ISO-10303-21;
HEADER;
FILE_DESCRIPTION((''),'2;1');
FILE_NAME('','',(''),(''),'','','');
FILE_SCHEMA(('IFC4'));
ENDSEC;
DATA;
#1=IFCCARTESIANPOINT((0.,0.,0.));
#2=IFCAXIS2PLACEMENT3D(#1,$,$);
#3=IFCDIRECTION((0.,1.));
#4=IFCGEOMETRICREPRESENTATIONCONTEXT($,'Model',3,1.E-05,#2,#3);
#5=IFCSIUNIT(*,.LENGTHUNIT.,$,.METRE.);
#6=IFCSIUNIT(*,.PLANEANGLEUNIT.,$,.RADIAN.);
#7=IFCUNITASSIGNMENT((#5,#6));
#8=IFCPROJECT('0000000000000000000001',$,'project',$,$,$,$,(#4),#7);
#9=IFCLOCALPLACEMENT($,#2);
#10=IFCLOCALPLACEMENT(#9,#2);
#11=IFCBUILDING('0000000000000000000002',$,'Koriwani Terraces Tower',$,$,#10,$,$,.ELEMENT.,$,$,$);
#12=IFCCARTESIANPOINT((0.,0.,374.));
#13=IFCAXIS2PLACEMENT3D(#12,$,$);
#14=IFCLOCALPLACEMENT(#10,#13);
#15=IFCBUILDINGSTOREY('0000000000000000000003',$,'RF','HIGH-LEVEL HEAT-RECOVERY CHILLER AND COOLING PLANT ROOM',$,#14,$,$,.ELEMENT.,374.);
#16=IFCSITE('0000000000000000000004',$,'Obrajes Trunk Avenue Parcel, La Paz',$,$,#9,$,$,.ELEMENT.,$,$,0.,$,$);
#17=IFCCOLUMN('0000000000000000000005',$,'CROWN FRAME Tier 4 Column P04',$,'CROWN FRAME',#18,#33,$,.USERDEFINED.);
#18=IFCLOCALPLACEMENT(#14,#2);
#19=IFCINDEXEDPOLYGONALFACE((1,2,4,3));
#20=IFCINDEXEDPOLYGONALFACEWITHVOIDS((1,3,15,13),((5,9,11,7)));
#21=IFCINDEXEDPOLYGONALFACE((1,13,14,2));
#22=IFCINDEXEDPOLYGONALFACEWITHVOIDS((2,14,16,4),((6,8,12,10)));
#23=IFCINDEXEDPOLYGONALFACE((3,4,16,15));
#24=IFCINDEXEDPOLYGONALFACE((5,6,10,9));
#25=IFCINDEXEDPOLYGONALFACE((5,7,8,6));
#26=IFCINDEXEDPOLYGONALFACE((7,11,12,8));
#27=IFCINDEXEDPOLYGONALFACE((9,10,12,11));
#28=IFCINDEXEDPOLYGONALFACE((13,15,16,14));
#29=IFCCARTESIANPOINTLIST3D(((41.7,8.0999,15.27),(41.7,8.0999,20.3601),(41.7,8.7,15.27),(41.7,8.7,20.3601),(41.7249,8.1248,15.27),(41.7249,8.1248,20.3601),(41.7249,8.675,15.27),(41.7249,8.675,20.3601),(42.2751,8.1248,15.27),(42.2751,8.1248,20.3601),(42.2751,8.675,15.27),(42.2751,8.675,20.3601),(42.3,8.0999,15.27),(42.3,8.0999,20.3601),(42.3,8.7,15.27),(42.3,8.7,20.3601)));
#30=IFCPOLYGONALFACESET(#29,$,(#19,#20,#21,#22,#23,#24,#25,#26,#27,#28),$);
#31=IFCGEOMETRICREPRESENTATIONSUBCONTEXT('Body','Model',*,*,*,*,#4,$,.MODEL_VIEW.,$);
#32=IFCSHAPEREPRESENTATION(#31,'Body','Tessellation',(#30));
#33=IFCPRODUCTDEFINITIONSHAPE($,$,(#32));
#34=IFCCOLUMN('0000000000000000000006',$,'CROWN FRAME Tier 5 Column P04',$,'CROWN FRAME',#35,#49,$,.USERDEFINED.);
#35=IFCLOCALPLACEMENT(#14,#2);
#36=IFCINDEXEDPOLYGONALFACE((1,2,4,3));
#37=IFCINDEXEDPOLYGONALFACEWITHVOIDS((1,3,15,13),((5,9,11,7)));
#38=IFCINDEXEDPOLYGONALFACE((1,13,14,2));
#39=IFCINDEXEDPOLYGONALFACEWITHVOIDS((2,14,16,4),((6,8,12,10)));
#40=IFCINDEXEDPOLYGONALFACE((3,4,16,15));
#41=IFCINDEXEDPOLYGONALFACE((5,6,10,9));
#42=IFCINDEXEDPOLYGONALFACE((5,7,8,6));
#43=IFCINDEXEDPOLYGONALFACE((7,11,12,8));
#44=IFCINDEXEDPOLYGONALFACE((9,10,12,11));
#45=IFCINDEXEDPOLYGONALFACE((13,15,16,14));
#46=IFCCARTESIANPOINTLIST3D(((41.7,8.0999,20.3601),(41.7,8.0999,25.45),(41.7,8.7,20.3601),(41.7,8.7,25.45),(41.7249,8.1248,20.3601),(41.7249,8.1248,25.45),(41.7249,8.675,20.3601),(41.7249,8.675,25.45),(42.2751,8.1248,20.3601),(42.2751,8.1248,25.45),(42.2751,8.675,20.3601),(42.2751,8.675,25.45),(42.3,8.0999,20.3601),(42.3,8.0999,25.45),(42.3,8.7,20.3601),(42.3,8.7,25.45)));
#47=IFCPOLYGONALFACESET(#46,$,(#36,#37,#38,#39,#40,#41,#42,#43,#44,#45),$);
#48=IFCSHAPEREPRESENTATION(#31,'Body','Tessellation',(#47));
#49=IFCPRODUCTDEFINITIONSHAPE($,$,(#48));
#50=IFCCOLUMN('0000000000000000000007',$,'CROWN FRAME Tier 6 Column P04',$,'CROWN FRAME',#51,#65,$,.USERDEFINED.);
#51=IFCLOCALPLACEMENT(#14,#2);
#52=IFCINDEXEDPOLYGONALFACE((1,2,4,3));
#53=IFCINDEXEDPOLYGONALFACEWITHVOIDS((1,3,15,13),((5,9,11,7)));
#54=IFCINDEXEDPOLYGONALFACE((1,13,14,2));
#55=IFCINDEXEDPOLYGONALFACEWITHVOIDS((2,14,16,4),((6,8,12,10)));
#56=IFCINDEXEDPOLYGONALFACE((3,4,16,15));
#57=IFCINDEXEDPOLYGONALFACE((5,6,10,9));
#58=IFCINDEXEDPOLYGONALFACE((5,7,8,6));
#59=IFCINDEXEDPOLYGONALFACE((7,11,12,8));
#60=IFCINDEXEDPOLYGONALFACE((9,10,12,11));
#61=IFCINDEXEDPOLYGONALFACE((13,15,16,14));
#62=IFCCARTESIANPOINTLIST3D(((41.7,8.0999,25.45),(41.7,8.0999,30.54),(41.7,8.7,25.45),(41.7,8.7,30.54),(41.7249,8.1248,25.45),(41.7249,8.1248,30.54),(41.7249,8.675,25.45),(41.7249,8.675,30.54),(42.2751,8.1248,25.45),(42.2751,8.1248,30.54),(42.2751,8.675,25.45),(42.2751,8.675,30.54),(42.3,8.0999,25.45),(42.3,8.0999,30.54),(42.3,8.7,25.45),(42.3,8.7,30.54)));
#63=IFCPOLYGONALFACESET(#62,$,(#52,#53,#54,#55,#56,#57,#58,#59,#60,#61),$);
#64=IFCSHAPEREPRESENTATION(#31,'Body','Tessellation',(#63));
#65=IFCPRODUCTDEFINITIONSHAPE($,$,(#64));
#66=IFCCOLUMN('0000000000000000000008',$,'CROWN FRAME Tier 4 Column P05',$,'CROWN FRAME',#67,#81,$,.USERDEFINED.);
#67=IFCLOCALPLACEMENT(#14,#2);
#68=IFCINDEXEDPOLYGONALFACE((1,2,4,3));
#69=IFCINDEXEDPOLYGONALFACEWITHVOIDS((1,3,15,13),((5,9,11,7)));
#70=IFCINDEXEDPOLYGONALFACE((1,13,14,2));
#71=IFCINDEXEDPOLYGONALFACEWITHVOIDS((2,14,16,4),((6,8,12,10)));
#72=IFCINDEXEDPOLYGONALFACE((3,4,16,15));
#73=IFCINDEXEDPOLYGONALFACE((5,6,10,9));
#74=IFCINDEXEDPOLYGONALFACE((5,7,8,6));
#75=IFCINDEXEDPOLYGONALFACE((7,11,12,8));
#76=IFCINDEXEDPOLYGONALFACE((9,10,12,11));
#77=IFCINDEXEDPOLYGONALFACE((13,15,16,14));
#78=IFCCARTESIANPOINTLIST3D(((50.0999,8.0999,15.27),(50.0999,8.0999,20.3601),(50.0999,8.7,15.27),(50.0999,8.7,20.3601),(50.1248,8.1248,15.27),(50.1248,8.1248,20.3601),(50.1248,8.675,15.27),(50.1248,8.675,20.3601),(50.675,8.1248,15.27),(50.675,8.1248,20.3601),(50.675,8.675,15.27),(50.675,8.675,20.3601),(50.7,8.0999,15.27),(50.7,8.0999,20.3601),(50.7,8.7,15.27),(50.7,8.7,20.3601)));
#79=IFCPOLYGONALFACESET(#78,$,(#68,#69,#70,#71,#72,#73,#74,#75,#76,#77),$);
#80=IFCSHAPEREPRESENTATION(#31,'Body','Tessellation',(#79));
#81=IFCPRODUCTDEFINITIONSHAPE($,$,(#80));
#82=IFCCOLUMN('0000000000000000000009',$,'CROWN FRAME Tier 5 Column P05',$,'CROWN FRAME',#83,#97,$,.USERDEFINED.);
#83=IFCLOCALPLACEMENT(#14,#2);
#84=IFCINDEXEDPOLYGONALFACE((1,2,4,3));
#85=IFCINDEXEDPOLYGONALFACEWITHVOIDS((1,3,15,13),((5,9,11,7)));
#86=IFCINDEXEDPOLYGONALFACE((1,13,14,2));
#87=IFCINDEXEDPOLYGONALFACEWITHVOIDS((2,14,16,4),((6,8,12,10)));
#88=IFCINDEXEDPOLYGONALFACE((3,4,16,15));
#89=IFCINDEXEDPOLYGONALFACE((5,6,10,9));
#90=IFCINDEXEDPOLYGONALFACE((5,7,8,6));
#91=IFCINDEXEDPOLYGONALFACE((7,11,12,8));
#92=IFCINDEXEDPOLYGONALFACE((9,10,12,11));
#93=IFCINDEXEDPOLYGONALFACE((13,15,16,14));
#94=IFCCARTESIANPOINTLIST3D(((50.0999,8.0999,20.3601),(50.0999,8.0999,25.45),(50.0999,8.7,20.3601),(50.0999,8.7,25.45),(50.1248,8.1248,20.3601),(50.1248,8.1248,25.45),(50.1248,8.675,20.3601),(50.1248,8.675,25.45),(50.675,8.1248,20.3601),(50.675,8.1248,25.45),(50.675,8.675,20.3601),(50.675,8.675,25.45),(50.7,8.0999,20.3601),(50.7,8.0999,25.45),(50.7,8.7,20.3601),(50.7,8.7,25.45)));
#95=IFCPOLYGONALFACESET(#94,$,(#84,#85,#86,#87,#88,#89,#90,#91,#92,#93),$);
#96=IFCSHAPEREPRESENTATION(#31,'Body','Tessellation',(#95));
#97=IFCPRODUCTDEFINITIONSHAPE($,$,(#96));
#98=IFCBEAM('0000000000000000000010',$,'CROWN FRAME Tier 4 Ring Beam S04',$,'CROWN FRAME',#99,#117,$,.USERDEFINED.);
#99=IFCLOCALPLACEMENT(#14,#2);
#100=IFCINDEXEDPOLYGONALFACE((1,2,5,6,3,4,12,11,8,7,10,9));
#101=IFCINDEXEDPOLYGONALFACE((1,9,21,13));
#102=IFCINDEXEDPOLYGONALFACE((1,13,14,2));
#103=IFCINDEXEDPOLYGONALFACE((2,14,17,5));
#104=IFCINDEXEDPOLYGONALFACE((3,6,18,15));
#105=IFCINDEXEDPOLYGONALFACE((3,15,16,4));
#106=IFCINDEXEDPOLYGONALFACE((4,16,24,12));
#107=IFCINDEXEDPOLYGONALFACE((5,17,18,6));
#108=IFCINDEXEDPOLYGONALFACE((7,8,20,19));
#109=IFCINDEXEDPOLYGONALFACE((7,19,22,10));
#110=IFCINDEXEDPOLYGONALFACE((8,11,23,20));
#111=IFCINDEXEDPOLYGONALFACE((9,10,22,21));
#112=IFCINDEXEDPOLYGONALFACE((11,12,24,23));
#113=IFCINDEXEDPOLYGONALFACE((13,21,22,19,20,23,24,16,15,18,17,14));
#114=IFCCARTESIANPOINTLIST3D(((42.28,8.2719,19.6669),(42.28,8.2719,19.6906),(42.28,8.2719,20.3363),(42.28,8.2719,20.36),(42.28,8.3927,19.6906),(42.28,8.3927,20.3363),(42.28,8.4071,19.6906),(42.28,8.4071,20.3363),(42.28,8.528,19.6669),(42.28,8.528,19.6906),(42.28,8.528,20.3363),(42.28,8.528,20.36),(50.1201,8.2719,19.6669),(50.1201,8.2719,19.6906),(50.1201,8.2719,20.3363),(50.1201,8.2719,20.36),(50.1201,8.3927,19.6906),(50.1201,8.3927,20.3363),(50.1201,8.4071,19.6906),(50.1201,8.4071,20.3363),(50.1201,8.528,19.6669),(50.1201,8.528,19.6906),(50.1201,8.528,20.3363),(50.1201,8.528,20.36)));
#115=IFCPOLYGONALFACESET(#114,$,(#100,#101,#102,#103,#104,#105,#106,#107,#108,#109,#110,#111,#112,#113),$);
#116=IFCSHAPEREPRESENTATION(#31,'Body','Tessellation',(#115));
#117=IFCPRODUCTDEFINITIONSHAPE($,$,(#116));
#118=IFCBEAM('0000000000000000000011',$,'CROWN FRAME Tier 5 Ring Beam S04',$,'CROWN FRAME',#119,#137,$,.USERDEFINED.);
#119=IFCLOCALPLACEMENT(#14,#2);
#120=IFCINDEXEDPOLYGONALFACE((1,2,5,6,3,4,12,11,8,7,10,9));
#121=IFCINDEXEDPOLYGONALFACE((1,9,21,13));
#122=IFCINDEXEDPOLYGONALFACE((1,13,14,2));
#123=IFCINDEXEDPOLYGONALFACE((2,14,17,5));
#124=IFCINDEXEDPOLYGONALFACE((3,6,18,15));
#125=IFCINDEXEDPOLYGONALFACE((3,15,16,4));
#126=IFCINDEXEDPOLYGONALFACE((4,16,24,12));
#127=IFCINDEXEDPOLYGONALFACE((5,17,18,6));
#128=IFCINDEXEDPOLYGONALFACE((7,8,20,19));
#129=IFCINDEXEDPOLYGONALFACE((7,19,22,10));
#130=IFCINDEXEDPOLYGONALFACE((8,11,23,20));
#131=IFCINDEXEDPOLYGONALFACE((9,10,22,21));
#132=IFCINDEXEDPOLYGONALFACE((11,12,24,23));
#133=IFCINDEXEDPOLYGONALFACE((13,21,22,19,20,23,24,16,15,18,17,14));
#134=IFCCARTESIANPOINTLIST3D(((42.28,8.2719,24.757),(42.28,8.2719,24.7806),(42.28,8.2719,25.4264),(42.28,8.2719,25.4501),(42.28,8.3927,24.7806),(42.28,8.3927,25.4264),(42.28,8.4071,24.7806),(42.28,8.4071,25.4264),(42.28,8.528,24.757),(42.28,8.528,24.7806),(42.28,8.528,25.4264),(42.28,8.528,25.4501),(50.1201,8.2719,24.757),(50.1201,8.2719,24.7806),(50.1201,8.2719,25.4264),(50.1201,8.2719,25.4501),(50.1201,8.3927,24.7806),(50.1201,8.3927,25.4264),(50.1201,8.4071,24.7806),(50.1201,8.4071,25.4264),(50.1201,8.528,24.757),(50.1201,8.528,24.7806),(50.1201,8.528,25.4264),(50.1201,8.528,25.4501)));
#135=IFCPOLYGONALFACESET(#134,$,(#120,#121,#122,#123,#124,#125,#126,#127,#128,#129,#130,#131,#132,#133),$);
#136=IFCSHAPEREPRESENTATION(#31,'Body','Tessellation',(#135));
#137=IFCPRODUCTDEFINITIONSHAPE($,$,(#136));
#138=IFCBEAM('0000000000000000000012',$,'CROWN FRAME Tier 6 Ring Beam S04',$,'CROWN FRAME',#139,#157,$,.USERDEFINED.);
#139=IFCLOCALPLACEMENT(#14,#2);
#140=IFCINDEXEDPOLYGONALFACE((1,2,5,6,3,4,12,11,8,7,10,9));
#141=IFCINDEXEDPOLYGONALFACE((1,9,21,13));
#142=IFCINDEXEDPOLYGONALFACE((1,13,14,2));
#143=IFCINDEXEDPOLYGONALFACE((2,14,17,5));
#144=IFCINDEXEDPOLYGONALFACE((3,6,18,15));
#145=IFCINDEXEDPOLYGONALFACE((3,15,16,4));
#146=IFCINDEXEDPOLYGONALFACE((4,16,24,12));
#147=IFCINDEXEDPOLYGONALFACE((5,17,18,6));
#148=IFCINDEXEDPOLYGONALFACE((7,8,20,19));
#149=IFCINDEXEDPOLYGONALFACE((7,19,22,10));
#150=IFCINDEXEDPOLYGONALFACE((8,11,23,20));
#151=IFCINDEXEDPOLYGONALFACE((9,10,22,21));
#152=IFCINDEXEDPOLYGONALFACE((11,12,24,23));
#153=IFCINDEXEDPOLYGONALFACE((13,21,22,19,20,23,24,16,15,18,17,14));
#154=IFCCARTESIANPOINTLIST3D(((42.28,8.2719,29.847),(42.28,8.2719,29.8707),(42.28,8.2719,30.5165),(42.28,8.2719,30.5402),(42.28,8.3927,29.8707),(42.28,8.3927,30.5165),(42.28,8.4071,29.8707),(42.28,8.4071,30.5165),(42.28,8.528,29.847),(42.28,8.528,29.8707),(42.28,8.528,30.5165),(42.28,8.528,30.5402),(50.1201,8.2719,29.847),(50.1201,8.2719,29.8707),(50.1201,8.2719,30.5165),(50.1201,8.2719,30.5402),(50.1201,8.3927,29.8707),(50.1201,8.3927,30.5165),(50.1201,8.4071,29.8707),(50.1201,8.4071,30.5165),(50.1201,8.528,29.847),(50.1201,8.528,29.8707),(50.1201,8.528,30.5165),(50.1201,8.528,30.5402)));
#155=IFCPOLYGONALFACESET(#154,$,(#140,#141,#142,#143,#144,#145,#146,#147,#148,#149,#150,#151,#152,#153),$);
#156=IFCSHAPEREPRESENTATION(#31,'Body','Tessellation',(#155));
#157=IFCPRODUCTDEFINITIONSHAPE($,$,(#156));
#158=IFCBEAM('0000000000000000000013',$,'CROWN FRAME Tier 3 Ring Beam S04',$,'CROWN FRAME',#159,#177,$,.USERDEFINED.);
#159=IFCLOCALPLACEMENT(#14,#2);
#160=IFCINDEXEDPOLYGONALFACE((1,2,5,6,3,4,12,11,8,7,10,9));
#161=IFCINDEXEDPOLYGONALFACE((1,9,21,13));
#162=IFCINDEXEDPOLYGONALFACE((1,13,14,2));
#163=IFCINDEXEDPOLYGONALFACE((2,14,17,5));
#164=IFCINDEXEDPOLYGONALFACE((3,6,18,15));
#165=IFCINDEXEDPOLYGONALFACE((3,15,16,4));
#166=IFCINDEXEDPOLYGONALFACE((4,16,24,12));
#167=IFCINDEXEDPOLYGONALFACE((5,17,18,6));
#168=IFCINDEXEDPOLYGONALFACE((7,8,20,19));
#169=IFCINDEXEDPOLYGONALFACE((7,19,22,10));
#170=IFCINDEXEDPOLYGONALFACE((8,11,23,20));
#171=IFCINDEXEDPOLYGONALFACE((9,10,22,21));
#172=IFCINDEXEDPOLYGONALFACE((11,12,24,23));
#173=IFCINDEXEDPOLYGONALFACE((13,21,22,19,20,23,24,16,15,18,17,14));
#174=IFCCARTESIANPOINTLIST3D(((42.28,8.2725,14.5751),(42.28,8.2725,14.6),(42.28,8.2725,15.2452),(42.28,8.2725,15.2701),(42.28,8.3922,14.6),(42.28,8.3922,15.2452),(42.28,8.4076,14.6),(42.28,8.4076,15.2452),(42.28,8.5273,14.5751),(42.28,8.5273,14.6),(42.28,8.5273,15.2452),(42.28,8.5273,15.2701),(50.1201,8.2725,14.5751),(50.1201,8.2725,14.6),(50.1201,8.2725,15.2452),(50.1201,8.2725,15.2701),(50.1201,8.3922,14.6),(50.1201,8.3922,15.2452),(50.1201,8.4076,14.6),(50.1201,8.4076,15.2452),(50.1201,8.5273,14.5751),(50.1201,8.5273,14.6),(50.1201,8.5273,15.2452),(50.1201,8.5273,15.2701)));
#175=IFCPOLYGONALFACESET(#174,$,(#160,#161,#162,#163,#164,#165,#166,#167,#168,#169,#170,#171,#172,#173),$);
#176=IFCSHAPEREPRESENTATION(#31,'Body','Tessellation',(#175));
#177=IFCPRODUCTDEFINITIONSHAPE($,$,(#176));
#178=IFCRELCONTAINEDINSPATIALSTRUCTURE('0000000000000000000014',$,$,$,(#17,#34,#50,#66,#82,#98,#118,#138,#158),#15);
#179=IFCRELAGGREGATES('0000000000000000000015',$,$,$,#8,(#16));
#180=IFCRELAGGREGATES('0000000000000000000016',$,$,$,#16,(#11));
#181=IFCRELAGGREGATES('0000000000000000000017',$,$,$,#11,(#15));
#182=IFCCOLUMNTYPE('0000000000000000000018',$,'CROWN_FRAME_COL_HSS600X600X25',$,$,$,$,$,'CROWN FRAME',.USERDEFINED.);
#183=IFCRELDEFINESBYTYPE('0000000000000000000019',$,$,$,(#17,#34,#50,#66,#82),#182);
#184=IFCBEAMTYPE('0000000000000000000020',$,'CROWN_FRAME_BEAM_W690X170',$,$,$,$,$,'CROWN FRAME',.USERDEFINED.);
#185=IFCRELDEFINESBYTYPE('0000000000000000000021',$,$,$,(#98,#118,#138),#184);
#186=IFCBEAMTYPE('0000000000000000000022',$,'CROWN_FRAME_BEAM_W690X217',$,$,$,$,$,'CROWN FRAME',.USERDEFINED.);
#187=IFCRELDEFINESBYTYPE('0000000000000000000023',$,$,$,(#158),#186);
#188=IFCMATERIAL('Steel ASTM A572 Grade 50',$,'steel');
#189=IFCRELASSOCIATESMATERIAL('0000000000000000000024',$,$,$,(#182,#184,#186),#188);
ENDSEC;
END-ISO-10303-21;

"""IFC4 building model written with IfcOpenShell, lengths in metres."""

from ifc_helpers import new_model, si_unit, direction, frame, origin, origin_2d, place, context, subcontext, project, spatial, hollow_rectangle, i_section, extrude, material, material_profile, profile_set, type_object, element, save


model = new_model("IFC4")

# Units and contexts
model_context = context("Model", 3, precision=1e-05, world=origin(), true_north=direction((0.0, 1.0)))
body_context = subcontext(model_context, "Body", "Model", "MODEL_VIEW")
ifc_project = project(units=[si_unit("LENGTHUNIT", "METRE"), si_unit("PLANEANGLEUNIT", "RADIAN")], contexts=[model_context])

# Site, building, storey
site_placement = place(None, origin())
site = spatial("IfcSite", under=ifc_project, at=site_placement, Name="Obrajes Trunk Avenue Parcel, La Paz", CompositionType="ELEMENT", RefElevation=0.0)
building_placement = place(site_placement, origin())
building = spatial("IfcBuilding", under=site, at=building_placement, Name="Koriwani Terraces Tower", CompositionType="ELEMENT")
storey_placement = place(building_placement, frame((0.0, 0.0, 374.0)))
storey = spatial("IfcBuildingStorey", under=building, at=storey_placement, Name="RF", Description="HIGH-LEVEL HEAT-RECOVERY CHILLER AND COOLING PLANT ROOM", CompositionType="ELEMENT", Elevation=374.0)

# Columns
ifc_material_1 = material(Name="Steel ASTM A572 Grade 50", Category="steel")
ifc_material_profile_1 = material_profile(ifc_material_1, hollow_rectangle(XDim=0.6001, YDim=0.6001, WallThickness=0.0249, at=origin_2d()), Name="Steel ASTM A572 Grade 50", Category="LoadBearing")
ifc_profile_set_1 = profile_set([ifc_material_profile_1], Name="Steel ASTM A572 Grade 50")
column_type = type_object("IfcColumnType", Name="CROWN_FRAME_COL_HSS600X600X25", ElementType="CROWN FRAME", PredefinedType="USERDEFINED", material=ifc_profile_set_1)
column_1_placement = place(storey_placement, frame((42.0, 8.3999, 15.27), z_axis=(0.0, 0.0, 1.0), x_axis=(1.0, 0.0, 0.0)))
element("IfcColumn", 1, at=column_1_placement, inside=storey, type_object=column_type, Name="CROWN FRAME Tier 4 Column P04", ObjectType="CROWN FRAME", PredefinedType="USERDEFINED", context=body_context, shape_type="SweptSolid", body=[
    extrude(hollow_rectangle(XDim=0.6001, YDim=0.6001, WallThickness=0.0249, at=origin_2d()), origin(), (0.0, 0.0, 1.0), 5.0901),
])
column_2_placement = place(storey_placement, frame((42.0, 8.3999, 20.3601), z_axis=(0.0, 0.0, 1.0), x_axis=(1.0, 0.0, 0.0)))
element("IfcColumn", 2, at=column_2_placement, inside=storey, type_object=column_type, Name="CROWN FRAME Tier 5 Column P04", ObjectType="CROWN FRAME", PredefinedType="USERDEFINED", context=body_context, shape_type="SweptSolid", body=[
    extrude(hollow_rectangle(XDim=0.6001, YDim=0.6001, WallThickness=0.0249, at=origin_2d()), origin(), (0.0, 0.0, 1.0), 5.0898),
])
for number, where, z_axis, x_axis, name in (
    (3, (42.0, 8.3999, 25.45), (0.0, 0.0, 1.0), (1.0, 0.0, 0.0), "CROWN FRAME Tier 6 Column P04"),
    (4, (50.3999, 8.3999, 15.27), (0.0, 0.0, 1.0), (1.0, 0.0, 0.0), "CROWN FRAME Tier 4 Column P05"),
):
    element("IfcColumn", number, at=place(storey_placement, frame(where, z_axis=z_axis, x_axis=x_axis)), inside=storey, type_object=column_type, Name=name, ObjectType="CROWN FRAME", PredefinedType="USERDEFINED", context=body_context, shape_type="SweptSolid", body=[
        extrude(hollow_rectangle(XDim=0.6001, YDim=0.6001, WallThickness=0.0249, at=origin_2d()), origin(), (0.0, 0.0, 1.0), 5.0901),
    ])
column_3_placement = place(storey_placement, frame((50.3999, 8.3999, 20.3601), z_axis=(0.0, 0.0, 1.0), x_axis=(1.0, 0.0, 0.0)))
element("IfcColumn", 5, at=column_3_placement, inside=storey, type_object=column_type, Name="CROWN FRAME Tier 5 Column P05", ObjectType="CROWN FRAME", PredefinedType="USERDEFINED", context=body_context, shape_type="SweptSolid", body=[
    extrude(hollow_rectangle(XDim=0.6001, YDim=0.6001, WallThickness=0.0249, at=origin_2d()), origin(), (0.0, 0.0, 1.0), 5.0898),
])

# Beams
ifc_material_profile_2 = material_profile(ifc_material_1, i_section(OverallWidth=0.2561, OverallDepth=0.6931, WebThickness=0.0144, FlangeThickness=0.0237, at=origin_2d()), Name="Steel ASTM A572 Grade 50", Category="LoadBearing")
ifc_profile_set_2 = profile_set([ifc_material_profile_2], Name="Steel ASTM A572 Grade 50")
beam_type_1 = type_object("IfcBeamType", Name="CROWN_FRAME_BEAM_W690X170", ElementType="CROWN FRAME", PredefinedType="USERDEFINED", material=ifc_profile_set_2)
for number, where, z_axis, x_axis, name in (
    (6, (42.28, 8.3999, 20.0134), (1.0, 0.0, 0.0), (0.0, 1.0, 0.0), "CROWN FRAME Tier 4 Ring Beam S04"),
    (7, (42.28, 8.3999, 25.1035), (1.0, 0.0, 0.0), (0.0, 1.0, 0.0), "CROWN FRAME Tier 5 Ring Beam S04"),
    (8, (42.28, 8.3999, 30.1936), (1.0, 0.0, 0.0), (0.0, 1.0, 0.0), "CROWN FRAME Tier 6 Ring Beam S04"),
):
    element("IfcBeam", number, at=place(storey_placement, frame(where, z_axis=z_axis, x_axis=x_axis)), inside=storey, type_object=beam_type_1, Name=name, ObjectType="CROWN FRAME", PredefinedType="USERDEFINED", context=body_context, shape_type="SweptSolid", body=[
        extrude(i_section(OverallWidth=0.2561, OverallDepth=0.6931, WebThickness=0.0144, FlangeThickness=0.0237, at=origin_2d()), origin(), (0.0, 0.0, 1.0), 7.8401),
    ])
ifc_material_profile_3 = material_profile(ifc_material_1, i_section(OverallWidth=0.2549, OverallDepth=0.6951, WebThickness=0.0154, FlangeThickness=0.0249, at=origin_2d()), Name="Steel ASTM A572 Grade 50", Category="LoadBearing")
ifc_profile_set_3 = profile_set([ifc_material_profile_3], Name="Steel ASTM A572 Grade 50")
beam_type_2 = type_object("IfcBeamType", Name="CROWN_FRAME_BEAM_W690X217", ElementType="CROWN FRAME", PredefinedType="USERDEFINED", material=ifc_profile_set_3)
beam_placement = place(storey_placement, frame((42.28, 8.3999, 14.9226), z_axis=(1.0, 0.0, 0.0), x_axis=(0.0, 1.0, 0.0)))
element("IfcBeam", 9, at=beam_placement, inside=storey, type_object=beam_type_2, Name="CROWN FRAME Tier 3 Ring Beam S04", ObjectType="CROWN FRAME", PredefinedType="USERDEFINED", context=body_context, shape_type="SweptSolid", body=[
    extrude(i_section(OverallWidth=0.2549, OverallDepth=0.6951, WebThickness=0.0154, FlangeThickness=0.0249, at=origin_2d()), origin(), (0.0, 0.0, 1.0), 7.8401),
])

save(model, "model.ifc")
